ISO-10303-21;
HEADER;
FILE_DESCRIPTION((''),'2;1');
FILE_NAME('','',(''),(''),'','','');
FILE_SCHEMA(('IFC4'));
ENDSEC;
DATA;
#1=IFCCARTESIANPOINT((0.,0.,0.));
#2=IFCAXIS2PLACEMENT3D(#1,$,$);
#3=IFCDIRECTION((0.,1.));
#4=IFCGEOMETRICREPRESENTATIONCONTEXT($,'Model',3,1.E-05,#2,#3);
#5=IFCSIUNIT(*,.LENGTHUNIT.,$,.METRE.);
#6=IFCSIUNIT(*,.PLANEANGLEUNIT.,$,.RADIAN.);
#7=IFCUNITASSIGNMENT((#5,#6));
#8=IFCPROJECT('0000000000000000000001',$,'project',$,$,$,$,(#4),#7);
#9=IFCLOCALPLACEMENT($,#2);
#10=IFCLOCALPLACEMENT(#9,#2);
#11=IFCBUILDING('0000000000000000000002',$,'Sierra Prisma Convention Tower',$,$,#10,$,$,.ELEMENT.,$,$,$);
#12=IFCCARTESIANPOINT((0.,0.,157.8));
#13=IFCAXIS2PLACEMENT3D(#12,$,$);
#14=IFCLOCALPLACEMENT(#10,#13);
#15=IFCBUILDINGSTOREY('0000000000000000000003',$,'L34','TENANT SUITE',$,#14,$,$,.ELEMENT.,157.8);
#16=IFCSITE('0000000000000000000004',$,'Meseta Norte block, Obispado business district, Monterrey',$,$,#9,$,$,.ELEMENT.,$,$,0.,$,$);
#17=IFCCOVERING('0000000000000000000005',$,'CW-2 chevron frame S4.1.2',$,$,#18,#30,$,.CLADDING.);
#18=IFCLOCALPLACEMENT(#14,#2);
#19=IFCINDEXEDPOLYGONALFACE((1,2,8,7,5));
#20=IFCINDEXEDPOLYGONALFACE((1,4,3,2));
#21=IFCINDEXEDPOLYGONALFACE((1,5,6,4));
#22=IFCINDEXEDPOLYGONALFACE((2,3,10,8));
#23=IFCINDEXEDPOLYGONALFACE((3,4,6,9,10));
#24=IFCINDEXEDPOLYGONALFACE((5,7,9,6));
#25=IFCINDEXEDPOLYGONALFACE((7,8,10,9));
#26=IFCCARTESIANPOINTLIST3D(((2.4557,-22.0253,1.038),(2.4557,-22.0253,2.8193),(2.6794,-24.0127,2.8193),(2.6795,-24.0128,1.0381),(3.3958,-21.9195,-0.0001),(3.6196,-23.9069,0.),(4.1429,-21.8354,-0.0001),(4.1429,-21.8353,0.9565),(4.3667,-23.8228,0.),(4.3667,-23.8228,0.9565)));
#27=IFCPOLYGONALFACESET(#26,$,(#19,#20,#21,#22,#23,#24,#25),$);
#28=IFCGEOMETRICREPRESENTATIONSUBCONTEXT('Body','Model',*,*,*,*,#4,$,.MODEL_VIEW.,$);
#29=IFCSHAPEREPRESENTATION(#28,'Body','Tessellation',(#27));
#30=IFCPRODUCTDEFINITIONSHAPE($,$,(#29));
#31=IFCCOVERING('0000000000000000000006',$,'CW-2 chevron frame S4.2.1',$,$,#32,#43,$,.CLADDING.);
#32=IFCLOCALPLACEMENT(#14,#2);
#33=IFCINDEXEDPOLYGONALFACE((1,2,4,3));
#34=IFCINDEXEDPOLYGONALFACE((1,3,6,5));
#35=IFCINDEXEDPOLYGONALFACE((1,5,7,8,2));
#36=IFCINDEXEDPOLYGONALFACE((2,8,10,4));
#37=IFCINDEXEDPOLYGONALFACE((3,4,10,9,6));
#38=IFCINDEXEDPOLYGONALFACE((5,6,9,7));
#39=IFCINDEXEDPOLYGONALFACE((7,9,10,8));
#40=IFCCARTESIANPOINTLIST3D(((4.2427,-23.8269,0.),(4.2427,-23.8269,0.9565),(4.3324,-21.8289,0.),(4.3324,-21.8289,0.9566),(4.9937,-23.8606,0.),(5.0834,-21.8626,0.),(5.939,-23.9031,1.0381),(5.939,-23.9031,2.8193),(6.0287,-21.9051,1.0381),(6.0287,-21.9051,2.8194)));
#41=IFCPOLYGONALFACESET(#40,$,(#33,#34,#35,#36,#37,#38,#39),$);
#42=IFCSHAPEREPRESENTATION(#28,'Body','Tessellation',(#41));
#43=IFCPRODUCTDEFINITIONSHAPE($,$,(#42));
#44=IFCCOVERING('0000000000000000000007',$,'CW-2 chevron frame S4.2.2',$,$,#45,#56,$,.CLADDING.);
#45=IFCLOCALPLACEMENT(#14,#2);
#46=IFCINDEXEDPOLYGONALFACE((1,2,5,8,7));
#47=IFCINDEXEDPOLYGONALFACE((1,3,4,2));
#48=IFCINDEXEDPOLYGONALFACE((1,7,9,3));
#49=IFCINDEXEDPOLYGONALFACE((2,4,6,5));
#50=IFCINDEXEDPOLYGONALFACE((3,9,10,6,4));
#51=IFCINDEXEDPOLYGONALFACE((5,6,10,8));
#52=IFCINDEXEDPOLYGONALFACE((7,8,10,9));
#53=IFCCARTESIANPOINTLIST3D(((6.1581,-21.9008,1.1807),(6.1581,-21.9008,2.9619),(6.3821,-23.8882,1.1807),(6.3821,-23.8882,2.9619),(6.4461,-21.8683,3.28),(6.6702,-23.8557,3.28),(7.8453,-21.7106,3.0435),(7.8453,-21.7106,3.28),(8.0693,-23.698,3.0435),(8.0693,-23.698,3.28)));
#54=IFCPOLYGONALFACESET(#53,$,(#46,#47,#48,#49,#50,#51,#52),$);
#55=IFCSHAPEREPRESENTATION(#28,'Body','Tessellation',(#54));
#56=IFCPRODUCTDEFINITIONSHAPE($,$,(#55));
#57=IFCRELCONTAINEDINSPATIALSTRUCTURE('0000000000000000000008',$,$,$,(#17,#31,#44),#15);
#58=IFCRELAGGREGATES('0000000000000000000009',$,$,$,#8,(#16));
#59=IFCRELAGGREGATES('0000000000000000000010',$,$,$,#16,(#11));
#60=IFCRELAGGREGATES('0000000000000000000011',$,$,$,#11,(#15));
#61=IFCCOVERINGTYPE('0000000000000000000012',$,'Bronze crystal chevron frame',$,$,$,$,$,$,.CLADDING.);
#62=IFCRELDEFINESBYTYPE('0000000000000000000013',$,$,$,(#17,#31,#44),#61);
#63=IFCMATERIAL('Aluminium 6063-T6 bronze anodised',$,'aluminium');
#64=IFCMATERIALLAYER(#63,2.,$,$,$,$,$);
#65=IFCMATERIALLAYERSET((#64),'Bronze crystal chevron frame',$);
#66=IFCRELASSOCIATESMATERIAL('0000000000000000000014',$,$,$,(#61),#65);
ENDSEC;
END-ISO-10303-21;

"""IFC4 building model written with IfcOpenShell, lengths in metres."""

from ifc_helpers import new_model, si_unit, direction, frame, origin, place, context, subcontext, project, spatial, polyline, outline, extrude, material, layer, layer_set, type_object, element, save


model = new_model("IFC4")

# Units and contexts
model_context = context("Model", 3, precision=1e-05, world=origin(), true_north=direction((0.0, 1.0)))
body_context = subcontext(model_context, "Body", "Model", "MODEL_VIEW")
ifc_project = project(units=[si_unit("LENGTHUNIT", "METRE"), si_unit("PLANEANGLEUNIT", "RADIAN")], contexts=[model_context])

# Site, building, storey
site_placement = place(None, origin())
site = spatial("IfcSite", under=ifc_project, at=site_placement, Name="Meseta Norte block, Obispado business district, Monterrey", CompositionType="ELEMENT", RefElevation=0.0)
building_placement = place(site_placement, origin())
building = spatial("IfcBuilding", under=site, at=building_placement, Name="Sierra Prisma Convention Tower", CompositionType="ELEMENT")
storey_placement = place(building_placement, frame((0.0, 0.0, 157.8)))
storey = spatial("IfcBuildingStorey", under=building, at=storey_placement, Name="L34", Description="TENANT SUITE", CompositionType="ELEMENT", Elevation=157.8)

# Coverings
ifc_material_1 = material(Name="Aluminium 6063-T6 bronze anodised", Category="aluminium")
ifc_layer_1 = layer(ifc_material_1, 2.0)
ifc_layer_set_1 = layer_set([ifc_layer_1], Name="Bronze crystal chevron frame")
covering_type = type_object("IfcCoveringType", Name="Bronze crystal chevron frame", PredefinedType="CLADDING", material=ifc_layer_set_1)
covering_1_placement = place(storey_placement, frame((2.6794, -24.0127, 2.8193), z_axis=(0.111892, -0.99372, 0.00004), x_axis=(0.000004, -0.000039, -1.0)))
element("IfcCovering", 1, at=covering_1_placement, inside=storey, type_object=covering_type, Name="CW-2 chevron frame S4.1.2", PredefinedType="CLADDING", context=body_context, shape_type="SweptSolid", body=[
    extrude(outline(polyline([(0.0, 0.0), (1.7812, 0.0), (2.8193, 0.9461), (2.8193, 1.6979), (1.8628, 1.6979), (0.0, 0.0)])), origin(), (0.0, 0.0, -1.0), 2.0),
])
covering_2_placement = place(storey_placement, frame((4.2427, -23.8269, 0.0), z_axis=(-0.044854, -0.998994, -0.00001), x_axis=(0.998994, -0.044854, 0.0)))
element("IfcCovering", 2, at=covering_2_placement, inside=storey, type_object=covering_type, Name="CW-2 chevron frame S4.2.1", PredefinedType="CLADDING", context=body_context, shape_type="SweptSolid", body=[
    extrude(outline(polyline([(0.0, 0.0), (0.7517, 0.0), (1.698, 1.0381), (1.698, 2.8193), (0.0, 0.9565), (0.0, 0.0)])), origin(), (0.0, 0.0, -1.0), 2.0),
])
covering_3_placement = place(storey_placement, frame((8.0693, -23.698, 3.28), z_axis=(0.11201, -0.993707, -0.000001), x_axis=(-0.993707, -0.11201, 0.0)))
element("IfcCovering", 3, at=covering_3_placement, inside=storey, type_object=covering_type, Name="CW-2 chevron frame S4.2.2", PredefinedType="CLADDING", context=body_context, shape_type="SweptSolid", body=[
    extrude(outline(polyline([(0.0, 0.0), (1.408, 0.0), (1.6979, 0.3181), (1.6979, 2.0994), (0.0, 0.2366), (0.0, 0.0)])), origin(), (0.0, 0.0, -1.0), 2.0),
])

save(model, "model.ifc")
